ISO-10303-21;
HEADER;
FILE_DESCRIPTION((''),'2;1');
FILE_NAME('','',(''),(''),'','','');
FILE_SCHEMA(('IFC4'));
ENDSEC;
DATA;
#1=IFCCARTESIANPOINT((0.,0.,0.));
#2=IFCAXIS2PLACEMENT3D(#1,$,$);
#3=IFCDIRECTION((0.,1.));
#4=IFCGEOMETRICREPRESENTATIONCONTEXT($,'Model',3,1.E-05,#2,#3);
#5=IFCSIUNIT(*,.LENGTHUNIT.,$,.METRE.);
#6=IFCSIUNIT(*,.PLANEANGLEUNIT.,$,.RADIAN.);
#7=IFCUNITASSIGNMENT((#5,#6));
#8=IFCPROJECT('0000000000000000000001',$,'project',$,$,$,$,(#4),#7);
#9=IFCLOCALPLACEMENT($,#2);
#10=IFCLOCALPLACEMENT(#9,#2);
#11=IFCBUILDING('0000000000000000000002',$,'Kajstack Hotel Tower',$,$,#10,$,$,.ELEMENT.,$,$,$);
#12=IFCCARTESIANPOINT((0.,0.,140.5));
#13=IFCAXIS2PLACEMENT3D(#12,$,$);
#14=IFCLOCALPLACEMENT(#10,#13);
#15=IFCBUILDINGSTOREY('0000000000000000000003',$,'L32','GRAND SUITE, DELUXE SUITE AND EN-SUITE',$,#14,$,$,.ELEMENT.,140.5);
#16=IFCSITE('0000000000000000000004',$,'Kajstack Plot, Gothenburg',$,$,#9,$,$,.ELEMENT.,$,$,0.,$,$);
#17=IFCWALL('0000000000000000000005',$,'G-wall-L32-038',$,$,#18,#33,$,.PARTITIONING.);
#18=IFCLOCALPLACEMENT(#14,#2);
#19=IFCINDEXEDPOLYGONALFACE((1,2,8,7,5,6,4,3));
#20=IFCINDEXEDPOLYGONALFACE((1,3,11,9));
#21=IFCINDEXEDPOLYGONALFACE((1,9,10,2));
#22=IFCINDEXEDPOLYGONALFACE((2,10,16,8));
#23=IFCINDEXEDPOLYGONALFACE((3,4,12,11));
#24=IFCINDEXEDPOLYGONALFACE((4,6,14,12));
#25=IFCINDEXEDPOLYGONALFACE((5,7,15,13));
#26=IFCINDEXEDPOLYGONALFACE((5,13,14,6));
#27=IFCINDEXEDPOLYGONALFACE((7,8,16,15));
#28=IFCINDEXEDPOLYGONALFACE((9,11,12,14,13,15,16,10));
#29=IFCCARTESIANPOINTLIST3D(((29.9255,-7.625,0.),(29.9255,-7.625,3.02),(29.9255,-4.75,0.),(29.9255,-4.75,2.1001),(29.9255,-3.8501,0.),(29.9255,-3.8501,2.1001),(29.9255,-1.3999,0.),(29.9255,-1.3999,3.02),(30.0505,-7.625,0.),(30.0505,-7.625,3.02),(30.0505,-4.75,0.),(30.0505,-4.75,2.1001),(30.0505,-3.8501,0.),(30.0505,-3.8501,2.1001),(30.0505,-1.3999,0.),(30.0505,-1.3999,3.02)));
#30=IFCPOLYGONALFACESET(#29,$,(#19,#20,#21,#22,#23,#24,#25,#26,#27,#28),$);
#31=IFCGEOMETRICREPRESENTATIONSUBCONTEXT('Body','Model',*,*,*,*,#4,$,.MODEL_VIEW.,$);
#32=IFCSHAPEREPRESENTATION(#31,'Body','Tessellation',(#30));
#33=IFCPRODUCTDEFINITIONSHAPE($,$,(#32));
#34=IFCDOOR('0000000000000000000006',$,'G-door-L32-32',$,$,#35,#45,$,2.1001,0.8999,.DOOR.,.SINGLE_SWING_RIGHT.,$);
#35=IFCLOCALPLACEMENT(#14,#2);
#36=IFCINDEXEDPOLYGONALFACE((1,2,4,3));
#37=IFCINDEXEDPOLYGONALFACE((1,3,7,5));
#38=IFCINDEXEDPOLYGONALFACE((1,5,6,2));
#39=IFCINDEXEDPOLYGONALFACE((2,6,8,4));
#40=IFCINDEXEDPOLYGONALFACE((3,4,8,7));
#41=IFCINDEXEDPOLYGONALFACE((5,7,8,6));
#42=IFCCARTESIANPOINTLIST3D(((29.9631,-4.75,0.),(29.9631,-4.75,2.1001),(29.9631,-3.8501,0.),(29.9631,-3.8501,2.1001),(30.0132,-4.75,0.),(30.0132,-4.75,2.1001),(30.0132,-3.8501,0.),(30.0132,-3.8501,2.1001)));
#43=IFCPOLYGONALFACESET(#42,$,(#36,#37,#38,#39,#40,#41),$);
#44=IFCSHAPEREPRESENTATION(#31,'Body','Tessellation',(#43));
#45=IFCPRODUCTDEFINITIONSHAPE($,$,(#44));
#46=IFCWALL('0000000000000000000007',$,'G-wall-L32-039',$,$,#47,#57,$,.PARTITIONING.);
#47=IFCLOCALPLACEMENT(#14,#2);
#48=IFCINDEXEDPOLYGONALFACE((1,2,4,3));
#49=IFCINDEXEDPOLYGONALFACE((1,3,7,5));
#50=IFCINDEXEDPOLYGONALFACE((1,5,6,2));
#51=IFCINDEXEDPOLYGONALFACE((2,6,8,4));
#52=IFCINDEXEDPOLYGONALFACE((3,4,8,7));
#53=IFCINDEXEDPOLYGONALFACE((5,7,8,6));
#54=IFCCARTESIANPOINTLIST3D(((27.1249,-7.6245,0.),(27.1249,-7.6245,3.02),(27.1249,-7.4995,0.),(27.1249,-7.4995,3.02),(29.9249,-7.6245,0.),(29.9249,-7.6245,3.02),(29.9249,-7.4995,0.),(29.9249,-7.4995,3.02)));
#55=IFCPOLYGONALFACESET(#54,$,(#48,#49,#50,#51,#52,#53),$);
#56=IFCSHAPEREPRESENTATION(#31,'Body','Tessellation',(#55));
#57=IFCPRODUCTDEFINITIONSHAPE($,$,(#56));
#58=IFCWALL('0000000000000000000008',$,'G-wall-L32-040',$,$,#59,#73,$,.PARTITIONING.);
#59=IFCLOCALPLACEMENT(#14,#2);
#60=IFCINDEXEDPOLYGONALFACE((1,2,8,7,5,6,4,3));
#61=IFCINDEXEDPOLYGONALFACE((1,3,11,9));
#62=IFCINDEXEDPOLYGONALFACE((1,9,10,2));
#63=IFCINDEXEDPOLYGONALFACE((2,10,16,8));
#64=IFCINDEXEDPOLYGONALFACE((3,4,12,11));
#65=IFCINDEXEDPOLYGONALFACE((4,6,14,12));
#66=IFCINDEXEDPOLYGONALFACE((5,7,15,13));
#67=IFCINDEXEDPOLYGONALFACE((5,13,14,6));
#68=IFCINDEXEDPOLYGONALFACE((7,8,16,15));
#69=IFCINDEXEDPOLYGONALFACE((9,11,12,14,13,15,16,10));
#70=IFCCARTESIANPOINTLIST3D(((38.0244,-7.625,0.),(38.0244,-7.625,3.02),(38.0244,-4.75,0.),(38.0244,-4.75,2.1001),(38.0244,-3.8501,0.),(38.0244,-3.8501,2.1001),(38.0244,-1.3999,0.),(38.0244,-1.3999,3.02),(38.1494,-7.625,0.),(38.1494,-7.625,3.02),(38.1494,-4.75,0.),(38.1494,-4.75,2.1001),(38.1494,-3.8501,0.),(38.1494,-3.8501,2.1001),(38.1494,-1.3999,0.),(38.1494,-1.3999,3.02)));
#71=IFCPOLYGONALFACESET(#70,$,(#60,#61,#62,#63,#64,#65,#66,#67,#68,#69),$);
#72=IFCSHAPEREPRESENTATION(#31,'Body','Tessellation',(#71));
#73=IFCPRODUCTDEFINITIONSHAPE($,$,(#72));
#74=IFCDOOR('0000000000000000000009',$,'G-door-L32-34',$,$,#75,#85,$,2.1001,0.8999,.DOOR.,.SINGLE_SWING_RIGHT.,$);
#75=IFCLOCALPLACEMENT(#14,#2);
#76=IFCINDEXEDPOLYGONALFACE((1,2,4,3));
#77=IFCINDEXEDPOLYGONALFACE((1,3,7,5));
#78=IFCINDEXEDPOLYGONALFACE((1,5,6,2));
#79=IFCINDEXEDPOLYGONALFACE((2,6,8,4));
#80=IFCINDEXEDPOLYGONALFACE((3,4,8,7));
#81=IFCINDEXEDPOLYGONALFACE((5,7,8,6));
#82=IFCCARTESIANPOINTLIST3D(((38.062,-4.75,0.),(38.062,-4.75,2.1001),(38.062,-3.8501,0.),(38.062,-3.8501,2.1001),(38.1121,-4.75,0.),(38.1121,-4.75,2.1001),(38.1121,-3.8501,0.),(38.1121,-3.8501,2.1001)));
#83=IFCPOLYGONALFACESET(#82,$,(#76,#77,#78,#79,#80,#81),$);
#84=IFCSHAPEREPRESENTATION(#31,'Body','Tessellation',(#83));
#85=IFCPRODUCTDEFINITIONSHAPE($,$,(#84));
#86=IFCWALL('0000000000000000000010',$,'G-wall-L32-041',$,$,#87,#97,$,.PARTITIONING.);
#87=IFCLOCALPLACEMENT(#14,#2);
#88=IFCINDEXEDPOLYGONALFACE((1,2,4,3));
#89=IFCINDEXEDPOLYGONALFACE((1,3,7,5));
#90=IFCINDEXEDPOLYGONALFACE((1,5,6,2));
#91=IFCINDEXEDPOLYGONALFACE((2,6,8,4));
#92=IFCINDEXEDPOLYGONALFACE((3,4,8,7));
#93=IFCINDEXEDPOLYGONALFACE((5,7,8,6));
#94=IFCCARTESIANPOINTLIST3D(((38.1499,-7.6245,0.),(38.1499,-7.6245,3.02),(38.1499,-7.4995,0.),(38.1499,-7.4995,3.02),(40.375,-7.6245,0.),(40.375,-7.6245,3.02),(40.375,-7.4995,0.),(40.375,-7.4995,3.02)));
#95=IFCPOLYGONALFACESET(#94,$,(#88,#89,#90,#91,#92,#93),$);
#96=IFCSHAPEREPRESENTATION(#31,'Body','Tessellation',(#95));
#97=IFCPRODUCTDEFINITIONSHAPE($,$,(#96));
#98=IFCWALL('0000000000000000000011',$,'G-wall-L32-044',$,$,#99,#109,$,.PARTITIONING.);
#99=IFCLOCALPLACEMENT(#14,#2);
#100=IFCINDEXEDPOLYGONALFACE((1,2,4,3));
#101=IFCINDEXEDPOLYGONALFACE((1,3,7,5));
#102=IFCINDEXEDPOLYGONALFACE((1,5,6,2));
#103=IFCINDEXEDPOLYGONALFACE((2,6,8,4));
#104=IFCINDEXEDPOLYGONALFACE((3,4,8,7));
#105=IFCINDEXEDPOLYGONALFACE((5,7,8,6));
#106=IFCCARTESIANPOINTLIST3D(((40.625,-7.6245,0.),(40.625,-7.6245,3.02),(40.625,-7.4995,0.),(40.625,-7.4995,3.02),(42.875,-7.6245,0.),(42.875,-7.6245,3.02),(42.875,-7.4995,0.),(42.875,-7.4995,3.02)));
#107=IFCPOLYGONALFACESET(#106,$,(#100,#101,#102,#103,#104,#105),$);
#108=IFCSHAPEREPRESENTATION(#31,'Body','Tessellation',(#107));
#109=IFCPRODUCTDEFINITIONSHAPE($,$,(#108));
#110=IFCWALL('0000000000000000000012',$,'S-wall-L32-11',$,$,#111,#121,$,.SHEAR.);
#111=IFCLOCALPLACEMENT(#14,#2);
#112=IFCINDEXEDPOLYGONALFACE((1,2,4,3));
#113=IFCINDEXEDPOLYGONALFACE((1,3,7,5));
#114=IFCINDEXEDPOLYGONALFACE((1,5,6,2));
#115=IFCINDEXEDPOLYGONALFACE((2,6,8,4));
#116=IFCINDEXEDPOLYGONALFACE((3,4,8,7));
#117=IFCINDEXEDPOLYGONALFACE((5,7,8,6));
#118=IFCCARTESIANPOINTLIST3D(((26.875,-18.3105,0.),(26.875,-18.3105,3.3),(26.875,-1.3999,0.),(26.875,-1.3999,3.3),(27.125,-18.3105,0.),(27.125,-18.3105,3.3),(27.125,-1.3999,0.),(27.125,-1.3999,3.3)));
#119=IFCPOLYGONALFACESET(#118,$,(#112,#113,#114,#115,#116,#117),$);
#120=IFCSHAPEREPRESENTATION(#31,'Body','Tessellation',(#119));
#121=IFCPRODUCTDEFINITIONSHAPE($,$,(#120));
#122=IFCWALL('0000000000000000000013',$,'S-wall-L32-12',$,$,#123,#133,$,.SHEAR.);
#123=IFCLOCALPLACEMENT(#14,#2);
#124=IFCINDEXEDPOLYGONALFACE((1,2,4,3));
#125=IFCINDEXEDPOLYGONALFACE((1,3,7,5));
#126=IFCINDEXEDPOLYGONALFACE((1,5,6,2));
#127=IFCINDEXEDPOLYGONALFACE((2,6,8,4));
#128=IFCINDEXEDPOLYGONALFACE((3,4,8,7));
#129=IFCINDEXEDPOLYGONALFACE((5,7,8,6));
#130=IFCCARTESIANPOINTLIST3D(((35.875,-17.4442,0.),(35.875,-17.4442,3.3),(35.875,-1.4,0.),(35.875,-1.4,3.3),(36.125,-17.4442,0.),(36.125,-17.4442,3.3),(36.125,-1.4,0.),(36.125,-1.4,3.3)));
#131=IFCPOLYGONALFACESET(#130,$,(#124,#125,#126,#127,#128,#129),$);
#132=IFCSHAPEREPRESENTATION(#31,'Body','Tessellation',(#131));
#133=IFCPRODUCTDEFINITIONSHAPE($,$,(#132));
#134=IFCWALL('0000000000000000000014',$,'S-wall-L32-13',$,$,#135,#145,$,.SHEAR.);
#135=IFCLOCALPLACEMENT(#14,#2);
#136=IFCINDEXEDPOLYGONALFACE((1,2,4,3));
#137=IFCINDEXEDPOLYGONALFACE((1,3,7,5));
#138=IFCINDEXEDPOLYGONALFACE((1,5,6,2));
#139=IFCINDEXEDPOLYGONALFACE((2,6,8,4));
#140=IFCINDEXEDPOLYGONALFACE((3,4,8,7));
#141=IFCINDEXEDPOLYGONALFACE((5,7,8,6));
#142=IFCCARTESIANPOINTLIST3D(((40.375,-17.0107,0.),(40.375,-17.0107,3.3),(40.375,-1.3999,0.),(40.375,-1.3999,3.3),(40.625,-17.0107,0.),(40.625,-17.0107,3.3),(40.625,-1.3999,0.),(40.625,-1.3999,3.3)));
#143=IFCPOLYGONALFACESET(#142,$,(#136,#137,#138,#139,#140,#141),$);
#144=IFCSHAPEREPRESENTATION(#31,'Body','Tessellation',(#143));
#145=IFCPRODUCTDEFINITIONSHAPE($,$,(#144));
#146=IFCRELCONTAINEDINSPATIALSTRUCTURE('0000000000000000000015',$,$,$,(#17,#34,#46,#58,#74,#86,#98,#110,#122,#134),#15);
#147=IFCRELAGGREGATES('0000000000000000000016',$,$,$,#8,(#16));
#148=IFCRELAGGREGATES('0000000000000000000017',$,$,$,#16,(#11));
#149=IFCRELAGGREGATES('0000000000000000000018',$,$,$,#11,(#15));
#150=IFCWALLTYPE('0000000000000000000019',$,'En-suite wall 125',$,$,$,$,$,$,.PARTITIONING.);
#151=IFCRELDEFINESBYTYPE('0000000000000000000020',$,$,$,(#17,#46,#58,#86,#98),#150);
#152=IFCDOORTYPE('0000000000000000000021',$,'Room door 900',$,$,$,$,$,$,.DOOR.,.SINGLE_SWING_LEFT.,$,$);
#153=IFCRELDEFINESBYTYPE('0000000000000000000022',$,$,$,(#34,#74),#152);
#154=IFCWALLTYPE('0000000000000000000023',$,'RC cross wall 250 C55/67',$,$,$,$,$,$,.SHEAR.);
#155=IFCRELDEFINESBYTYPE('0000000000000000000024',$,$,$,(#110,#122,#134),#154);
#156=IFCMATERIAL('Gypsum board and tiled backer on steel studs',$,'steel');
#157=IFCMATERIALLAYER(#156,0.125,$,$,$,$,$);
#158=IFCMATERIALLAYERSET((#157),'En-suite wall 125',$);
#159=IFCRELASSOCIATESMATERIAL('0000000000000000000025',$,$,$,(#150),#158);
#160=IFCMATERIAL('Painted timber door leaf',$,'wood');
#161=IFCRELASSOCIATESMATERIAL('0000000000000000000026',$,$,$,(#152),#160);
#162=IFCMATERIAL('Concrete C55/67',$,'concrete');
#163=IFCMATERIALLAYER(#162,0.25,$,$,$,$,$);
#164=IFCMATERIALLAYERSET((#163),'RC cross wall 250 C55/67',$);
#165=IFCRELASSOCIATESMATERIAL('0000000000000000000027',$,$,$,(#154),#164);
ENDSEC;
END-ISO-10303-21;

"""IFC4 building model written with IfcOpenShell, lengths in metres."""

from ifc_helpers import new_model, si_unit, direction, frame, frame_2d, origin, place, context, subcontext, project, spatial, rectangle, extrude, material, layer, layer_set, type_object, element, fill, save


model = new_model("IFC4")

# Units and contexts
model_context = context("Model", 3, precision=1e-05, world=origin(), true_north=direction((0.0, 1.0)))
body_context = subcontext(model_context, "Body", "Model", "MODEL_VIEW")
ifc_project = project(units=[si_unit("LENGTHUNIT", "METRE"), si_unit("PLANEANGLEUNIT", "RADIAN")], contexts=[model_context])

# Site, building, storey
site_placement = place(None, origin())
site = spatial("IfcSite", under=ifc_project, at=site_placement, Name="Kajstack Plot, Gothenburg", CompositionType="ELEMENT", RefElevation=0.0)
building_placement = place(site_placement, origin())
building = spatial("IfcBuilding", under=site, at=building_placement, Name="Kajstack Hotel Tower", CompositionType="ELEMENT")
storey_placement = place(building_placement, frame((0.0, 0.0, 140.5)))
storey = spatial("IfcBuildingStorey", under=building, at=storey_placement, Name="L32", Description="GRAND SUITE, DELUXE SUITE AND EN-SUITE", CompositionType="ELEMENT", Elevation=140.5)

# Wall, opening, door
ifc_material_1 = material(Name="Gypsum board and tiled backer on steel studs", Category="steel")
ifc_layer_1 = layer(ifc_material_1, 0.125)
ifc_layer_set_1 = layer_set([ifc_layer_1], Name="En-suite wall 125")
wall_type_1 = type_object("IfcWallType", Name="En-suite wall 125", PredefinedType="PARTITIONING", material=ifc_layer_set_1)
wall_1_placement = place(storey_placement, frame((29.988, -7.625, 0.0), z_axis=(0.0, 0.0, 1.0), x_axis=(0.0, 1.0, 0.0)))
wall_1 = element("IfcWall", 1, at=wall_1_placement, inside=storey, type_object=wall_type_1, Name="G-wall-L32-038", PredefinedType="PARTITIONING", context=body_context, shape_type="SweptSolid", body=[
    extrude(rectangle(XDim=6.2251, YDim=0.125, at=frame_2d((3.1125, 0.0))), origin(), (0.0, 0.0, 1.0), 3.02),
])
opening_1_placement = place(wall_1_placement, frame((2.875, 0.0, 0.0)))
opening_1 = element("IfcOpeningElement", 2, at=opening_1_placement, cuts=wall_1, PredefinedType="OPENING", context=body_context, shape_type="SweptSolid", body=[
    extrude(rectangle(XDim=0.8999, YDim=2.1001, at=frame_2d((0.45, 1.05))), frame((0.0, 0.0725, 0.0), z_axis=(0.0, -1.0, 0.0), x_axis=(1.0, 0.0, 0.0)), (0.0, 0.0, 1.0), 0.145),
])
ifc_material_2 = material(Name="Painted timber door leaf", Category="wood")
door_type_1 = type_object("IfcDoorType", Name="Room door 900", OperationType="SINGLE_SWING_LEFT", PredefinedType="DOOR", material=ifc_material_2)
door_1_placement = place(opening_1_placement, origin())
door_1 = element("IfcDoor", 3, at=door_1_placement, inside=storey, type_object=door_type_1, Name="G-door-L32-32", OperationType="SINGLE_SWING_RIGHT", OverallHeight=2.1001, OverallWidth=0.8999, PredefinedType="DOOR", context=body_context, shape_type="SweptSolid", body=[
    extrude(rectangle(XDim=0.8999, YDim=2.1001, at=frame_2d((0.45, 1.05))), frame((0.0, 0.0249, 0.0), z_axis=(0.0, -1.0, 0.0), x_axis=(1.0, 0.0, 0.0)), (0.0, 0.0, 1.0), 0.05),
])
fill(opening_1, door_1)

# Wall
wall_2_placement = place(storey_placement, frame((27.125, -7.562, 0.0), z_axis=(0.0, 0.0, 1.0), x_axis=(1.0, 0.0, 0.0)))
element("IfcWall", 4, at=wall_2_placement, inside=storey, type_object=wall_type_1, Name="G-wall-L32-039", PredefinedType="PARTITIONING", context=body_context, shape_type="SweptSolid", body=[
    extrude(rectangle(XDim=2.8, YDim=0.125, at=frame_2d((1.3999, 0.0))), origin(), (0.0, 0.0, 1.0), 3.02),
])

# Wall, opening, door
wall_3_placement = place(storey_placement, frame((38.0869, -7.625, 0.0), z_axis=(0.0, 0.0, 1.0), x_axis=(0.0, 1.0, 0.0)))
wall_3 = element("IfcWall", 5, at=wall_3_placement, inside=storey, type_object=wall_type_1, Name="G-wall-L32-040", PredefinedType="PARTITIONING", context=body_context, shape_type="SweptSolid", body=[
    extrude(rectangle(XDim=6.2251, YDim=0.125, at=frame_2d((3.1125, 0.0))), origin(), (0.0, 0.0, 1.0), 3.02),
])
opening_2_placement = place(wall_3_placement, frame((2.875, 0.0, 0.0)))
opening_2 = element("IfcOpeningElement", 6, at=opening_2_placement, cuts=wall_3, PredefinedType="OPENING", context=body_context, shape_type="SweptSolid", body=[
    extrude(rectangle(XDim=0.8999, YDim=2.1001, at=frame_2d((0.45, 1.05))), frame((0.0, 0.0725, 0.0), z_axis=(0.0, -1.0, 0.0), x_axis=(1.0, 0.0, 0.0)), (0.0, 0.0, 1.0), 0.145),
])
door_2_placement = place(opening_2_placement, origin())
door_2 = element("IfcDoor", 7, at=door_2_placement, inside=storey, type_object=door_type_1, Name="G-door-L32-34", OperationType="SINGLE_SWING_RIGHT", OverallHeight=2.1001, OverallWidth=0.8999, PredefinedType="DOOR", context=body_context, shape_type="SweptSolid", body=[
    extrude(rectangle(XDim=0.8999, YDim=2.1001, at=frame_2d((0.45, 1.05))), frame((0.0, 0.0249, 0.0), z_axis=(0.0, -1.0, 0.0), x_axis=(1.0, 0.0, 0.0)), (0.0, 0.0, 1.0), 0.05),
])
fill(opening_2, door_2)

# Walls
wall_4_placement = place(storey_placement, frame((38.1499, -7.562, 0.0), z_axis=(0.0, 0.0, 1.0), x_axis=(1.0, 0.0, 0.0)))
element("IfcWall", 8, at=wall_4_placement, inside=storey, type_object=wall_type_1, Name="G-wall-L32-041", PredefinedType="PARTITIONING", context=body_context, shape_type="SweptSolid", body=[
    extrude(rectangle(XDim=2.2251, YDim=0.125, at=frame_2d((1.1125, 0.0))), origin(), (0.0, 0.0, 1.0), 3.02),
])
wall_5_placement = place(storey_placement, frame((40.625, -7.562, 0.0), z_axis=(0.0, 0.0, 1.0), x_axis=(1.0, 0.0, 0.0)))
element("IfcWall", 9, at=wall_5_placement, inside=storey, type_object=wall_type_1, Name="G-wall-L32-044", PredefinedType="PARTITIONING", context=body_context, shape_type="SweptSolid", body=[
    extrude(rectangle(XDim=2.25, YDim=0.125, at=frame_2d((1.125, 0.0))), origin(), (0.0, 0.0, 1.0), 3.02),
])
ifc_material_3 = material(Name="Concrete C55/67", Category="concrete")
ifc_layer_2 = layer(ifc_material_3, 0.25)
ifc_layer_set_2 = layer_set([ifc_layer_2], Name="RC cross wall 250 C55/67")
wall_type_2 = type_object("IfcWallType", Name="RC cross wall 250 C55/67", PredefinedType="SHEAR", material=ifc_layer_set_2)
wall_6_placement = place(storey_placement, frame((27.0, -18.3105, 0.0), z_axis=(0.0, 0.0, 1.0), x_axis=(0.0, 1.0, 0.0)))
element("IfcWall", 10, at=wall_6_placement, inside=storey, type_object=wall_type_2, Name="S-wall-L32-11", PredefinedType="SHEAR", context=body_context, shape_type="SweptSolid", body=[
    extrude(rectangle(XDim=16.9106, YDim=0.25, at=frame_2d((8.4553, 0.0))), origin(), (0.0, 0.0, 1.0), 3.3),
])
wall_7_placement = place(storey_placement, frame((36.0, -17.4441, 0.0), z_axis=(0.0, 0.0, 1.0), x_axis=(0.0, 1.0, 0.0)))
element("IfcWall", 11, at=wall_7_placement, inside=storey, type_object=wall_type_2, Name="S-wall-L32-12", PredefinedType="SHEAR", context=body_context, shape_type="SweptSolid", body=[
    extrude(rectangle(XDim=16.0442, YDim=0.25, at=frame_2d((8.022, 0.0))), origin(), (0.0, 0.0, 1.0), 3.3),
])
wall_8_placement = place(storey_placement, frame((40.5, -17.0107, 0.0), z_axis=(0.0, 0.0, 1.0), x_axis=(0.0, 1.0, 0.0)))
element("IfcWall", 12, at=wall_8_placement, inside=storey, type_object=wall_type_2, Name="S-wall-L32-13", PredefinedType="SHEAR", context=body_context, shape_type="SweptSolid", body=[
    extrude(rectangle(XDim=15.6108, YDim=0.25, at=frame_2d((7.8054, 0.0))), origin(), (0.0, 0.0, 1.0), 3.3),
])

save(model, "model.ifc")
